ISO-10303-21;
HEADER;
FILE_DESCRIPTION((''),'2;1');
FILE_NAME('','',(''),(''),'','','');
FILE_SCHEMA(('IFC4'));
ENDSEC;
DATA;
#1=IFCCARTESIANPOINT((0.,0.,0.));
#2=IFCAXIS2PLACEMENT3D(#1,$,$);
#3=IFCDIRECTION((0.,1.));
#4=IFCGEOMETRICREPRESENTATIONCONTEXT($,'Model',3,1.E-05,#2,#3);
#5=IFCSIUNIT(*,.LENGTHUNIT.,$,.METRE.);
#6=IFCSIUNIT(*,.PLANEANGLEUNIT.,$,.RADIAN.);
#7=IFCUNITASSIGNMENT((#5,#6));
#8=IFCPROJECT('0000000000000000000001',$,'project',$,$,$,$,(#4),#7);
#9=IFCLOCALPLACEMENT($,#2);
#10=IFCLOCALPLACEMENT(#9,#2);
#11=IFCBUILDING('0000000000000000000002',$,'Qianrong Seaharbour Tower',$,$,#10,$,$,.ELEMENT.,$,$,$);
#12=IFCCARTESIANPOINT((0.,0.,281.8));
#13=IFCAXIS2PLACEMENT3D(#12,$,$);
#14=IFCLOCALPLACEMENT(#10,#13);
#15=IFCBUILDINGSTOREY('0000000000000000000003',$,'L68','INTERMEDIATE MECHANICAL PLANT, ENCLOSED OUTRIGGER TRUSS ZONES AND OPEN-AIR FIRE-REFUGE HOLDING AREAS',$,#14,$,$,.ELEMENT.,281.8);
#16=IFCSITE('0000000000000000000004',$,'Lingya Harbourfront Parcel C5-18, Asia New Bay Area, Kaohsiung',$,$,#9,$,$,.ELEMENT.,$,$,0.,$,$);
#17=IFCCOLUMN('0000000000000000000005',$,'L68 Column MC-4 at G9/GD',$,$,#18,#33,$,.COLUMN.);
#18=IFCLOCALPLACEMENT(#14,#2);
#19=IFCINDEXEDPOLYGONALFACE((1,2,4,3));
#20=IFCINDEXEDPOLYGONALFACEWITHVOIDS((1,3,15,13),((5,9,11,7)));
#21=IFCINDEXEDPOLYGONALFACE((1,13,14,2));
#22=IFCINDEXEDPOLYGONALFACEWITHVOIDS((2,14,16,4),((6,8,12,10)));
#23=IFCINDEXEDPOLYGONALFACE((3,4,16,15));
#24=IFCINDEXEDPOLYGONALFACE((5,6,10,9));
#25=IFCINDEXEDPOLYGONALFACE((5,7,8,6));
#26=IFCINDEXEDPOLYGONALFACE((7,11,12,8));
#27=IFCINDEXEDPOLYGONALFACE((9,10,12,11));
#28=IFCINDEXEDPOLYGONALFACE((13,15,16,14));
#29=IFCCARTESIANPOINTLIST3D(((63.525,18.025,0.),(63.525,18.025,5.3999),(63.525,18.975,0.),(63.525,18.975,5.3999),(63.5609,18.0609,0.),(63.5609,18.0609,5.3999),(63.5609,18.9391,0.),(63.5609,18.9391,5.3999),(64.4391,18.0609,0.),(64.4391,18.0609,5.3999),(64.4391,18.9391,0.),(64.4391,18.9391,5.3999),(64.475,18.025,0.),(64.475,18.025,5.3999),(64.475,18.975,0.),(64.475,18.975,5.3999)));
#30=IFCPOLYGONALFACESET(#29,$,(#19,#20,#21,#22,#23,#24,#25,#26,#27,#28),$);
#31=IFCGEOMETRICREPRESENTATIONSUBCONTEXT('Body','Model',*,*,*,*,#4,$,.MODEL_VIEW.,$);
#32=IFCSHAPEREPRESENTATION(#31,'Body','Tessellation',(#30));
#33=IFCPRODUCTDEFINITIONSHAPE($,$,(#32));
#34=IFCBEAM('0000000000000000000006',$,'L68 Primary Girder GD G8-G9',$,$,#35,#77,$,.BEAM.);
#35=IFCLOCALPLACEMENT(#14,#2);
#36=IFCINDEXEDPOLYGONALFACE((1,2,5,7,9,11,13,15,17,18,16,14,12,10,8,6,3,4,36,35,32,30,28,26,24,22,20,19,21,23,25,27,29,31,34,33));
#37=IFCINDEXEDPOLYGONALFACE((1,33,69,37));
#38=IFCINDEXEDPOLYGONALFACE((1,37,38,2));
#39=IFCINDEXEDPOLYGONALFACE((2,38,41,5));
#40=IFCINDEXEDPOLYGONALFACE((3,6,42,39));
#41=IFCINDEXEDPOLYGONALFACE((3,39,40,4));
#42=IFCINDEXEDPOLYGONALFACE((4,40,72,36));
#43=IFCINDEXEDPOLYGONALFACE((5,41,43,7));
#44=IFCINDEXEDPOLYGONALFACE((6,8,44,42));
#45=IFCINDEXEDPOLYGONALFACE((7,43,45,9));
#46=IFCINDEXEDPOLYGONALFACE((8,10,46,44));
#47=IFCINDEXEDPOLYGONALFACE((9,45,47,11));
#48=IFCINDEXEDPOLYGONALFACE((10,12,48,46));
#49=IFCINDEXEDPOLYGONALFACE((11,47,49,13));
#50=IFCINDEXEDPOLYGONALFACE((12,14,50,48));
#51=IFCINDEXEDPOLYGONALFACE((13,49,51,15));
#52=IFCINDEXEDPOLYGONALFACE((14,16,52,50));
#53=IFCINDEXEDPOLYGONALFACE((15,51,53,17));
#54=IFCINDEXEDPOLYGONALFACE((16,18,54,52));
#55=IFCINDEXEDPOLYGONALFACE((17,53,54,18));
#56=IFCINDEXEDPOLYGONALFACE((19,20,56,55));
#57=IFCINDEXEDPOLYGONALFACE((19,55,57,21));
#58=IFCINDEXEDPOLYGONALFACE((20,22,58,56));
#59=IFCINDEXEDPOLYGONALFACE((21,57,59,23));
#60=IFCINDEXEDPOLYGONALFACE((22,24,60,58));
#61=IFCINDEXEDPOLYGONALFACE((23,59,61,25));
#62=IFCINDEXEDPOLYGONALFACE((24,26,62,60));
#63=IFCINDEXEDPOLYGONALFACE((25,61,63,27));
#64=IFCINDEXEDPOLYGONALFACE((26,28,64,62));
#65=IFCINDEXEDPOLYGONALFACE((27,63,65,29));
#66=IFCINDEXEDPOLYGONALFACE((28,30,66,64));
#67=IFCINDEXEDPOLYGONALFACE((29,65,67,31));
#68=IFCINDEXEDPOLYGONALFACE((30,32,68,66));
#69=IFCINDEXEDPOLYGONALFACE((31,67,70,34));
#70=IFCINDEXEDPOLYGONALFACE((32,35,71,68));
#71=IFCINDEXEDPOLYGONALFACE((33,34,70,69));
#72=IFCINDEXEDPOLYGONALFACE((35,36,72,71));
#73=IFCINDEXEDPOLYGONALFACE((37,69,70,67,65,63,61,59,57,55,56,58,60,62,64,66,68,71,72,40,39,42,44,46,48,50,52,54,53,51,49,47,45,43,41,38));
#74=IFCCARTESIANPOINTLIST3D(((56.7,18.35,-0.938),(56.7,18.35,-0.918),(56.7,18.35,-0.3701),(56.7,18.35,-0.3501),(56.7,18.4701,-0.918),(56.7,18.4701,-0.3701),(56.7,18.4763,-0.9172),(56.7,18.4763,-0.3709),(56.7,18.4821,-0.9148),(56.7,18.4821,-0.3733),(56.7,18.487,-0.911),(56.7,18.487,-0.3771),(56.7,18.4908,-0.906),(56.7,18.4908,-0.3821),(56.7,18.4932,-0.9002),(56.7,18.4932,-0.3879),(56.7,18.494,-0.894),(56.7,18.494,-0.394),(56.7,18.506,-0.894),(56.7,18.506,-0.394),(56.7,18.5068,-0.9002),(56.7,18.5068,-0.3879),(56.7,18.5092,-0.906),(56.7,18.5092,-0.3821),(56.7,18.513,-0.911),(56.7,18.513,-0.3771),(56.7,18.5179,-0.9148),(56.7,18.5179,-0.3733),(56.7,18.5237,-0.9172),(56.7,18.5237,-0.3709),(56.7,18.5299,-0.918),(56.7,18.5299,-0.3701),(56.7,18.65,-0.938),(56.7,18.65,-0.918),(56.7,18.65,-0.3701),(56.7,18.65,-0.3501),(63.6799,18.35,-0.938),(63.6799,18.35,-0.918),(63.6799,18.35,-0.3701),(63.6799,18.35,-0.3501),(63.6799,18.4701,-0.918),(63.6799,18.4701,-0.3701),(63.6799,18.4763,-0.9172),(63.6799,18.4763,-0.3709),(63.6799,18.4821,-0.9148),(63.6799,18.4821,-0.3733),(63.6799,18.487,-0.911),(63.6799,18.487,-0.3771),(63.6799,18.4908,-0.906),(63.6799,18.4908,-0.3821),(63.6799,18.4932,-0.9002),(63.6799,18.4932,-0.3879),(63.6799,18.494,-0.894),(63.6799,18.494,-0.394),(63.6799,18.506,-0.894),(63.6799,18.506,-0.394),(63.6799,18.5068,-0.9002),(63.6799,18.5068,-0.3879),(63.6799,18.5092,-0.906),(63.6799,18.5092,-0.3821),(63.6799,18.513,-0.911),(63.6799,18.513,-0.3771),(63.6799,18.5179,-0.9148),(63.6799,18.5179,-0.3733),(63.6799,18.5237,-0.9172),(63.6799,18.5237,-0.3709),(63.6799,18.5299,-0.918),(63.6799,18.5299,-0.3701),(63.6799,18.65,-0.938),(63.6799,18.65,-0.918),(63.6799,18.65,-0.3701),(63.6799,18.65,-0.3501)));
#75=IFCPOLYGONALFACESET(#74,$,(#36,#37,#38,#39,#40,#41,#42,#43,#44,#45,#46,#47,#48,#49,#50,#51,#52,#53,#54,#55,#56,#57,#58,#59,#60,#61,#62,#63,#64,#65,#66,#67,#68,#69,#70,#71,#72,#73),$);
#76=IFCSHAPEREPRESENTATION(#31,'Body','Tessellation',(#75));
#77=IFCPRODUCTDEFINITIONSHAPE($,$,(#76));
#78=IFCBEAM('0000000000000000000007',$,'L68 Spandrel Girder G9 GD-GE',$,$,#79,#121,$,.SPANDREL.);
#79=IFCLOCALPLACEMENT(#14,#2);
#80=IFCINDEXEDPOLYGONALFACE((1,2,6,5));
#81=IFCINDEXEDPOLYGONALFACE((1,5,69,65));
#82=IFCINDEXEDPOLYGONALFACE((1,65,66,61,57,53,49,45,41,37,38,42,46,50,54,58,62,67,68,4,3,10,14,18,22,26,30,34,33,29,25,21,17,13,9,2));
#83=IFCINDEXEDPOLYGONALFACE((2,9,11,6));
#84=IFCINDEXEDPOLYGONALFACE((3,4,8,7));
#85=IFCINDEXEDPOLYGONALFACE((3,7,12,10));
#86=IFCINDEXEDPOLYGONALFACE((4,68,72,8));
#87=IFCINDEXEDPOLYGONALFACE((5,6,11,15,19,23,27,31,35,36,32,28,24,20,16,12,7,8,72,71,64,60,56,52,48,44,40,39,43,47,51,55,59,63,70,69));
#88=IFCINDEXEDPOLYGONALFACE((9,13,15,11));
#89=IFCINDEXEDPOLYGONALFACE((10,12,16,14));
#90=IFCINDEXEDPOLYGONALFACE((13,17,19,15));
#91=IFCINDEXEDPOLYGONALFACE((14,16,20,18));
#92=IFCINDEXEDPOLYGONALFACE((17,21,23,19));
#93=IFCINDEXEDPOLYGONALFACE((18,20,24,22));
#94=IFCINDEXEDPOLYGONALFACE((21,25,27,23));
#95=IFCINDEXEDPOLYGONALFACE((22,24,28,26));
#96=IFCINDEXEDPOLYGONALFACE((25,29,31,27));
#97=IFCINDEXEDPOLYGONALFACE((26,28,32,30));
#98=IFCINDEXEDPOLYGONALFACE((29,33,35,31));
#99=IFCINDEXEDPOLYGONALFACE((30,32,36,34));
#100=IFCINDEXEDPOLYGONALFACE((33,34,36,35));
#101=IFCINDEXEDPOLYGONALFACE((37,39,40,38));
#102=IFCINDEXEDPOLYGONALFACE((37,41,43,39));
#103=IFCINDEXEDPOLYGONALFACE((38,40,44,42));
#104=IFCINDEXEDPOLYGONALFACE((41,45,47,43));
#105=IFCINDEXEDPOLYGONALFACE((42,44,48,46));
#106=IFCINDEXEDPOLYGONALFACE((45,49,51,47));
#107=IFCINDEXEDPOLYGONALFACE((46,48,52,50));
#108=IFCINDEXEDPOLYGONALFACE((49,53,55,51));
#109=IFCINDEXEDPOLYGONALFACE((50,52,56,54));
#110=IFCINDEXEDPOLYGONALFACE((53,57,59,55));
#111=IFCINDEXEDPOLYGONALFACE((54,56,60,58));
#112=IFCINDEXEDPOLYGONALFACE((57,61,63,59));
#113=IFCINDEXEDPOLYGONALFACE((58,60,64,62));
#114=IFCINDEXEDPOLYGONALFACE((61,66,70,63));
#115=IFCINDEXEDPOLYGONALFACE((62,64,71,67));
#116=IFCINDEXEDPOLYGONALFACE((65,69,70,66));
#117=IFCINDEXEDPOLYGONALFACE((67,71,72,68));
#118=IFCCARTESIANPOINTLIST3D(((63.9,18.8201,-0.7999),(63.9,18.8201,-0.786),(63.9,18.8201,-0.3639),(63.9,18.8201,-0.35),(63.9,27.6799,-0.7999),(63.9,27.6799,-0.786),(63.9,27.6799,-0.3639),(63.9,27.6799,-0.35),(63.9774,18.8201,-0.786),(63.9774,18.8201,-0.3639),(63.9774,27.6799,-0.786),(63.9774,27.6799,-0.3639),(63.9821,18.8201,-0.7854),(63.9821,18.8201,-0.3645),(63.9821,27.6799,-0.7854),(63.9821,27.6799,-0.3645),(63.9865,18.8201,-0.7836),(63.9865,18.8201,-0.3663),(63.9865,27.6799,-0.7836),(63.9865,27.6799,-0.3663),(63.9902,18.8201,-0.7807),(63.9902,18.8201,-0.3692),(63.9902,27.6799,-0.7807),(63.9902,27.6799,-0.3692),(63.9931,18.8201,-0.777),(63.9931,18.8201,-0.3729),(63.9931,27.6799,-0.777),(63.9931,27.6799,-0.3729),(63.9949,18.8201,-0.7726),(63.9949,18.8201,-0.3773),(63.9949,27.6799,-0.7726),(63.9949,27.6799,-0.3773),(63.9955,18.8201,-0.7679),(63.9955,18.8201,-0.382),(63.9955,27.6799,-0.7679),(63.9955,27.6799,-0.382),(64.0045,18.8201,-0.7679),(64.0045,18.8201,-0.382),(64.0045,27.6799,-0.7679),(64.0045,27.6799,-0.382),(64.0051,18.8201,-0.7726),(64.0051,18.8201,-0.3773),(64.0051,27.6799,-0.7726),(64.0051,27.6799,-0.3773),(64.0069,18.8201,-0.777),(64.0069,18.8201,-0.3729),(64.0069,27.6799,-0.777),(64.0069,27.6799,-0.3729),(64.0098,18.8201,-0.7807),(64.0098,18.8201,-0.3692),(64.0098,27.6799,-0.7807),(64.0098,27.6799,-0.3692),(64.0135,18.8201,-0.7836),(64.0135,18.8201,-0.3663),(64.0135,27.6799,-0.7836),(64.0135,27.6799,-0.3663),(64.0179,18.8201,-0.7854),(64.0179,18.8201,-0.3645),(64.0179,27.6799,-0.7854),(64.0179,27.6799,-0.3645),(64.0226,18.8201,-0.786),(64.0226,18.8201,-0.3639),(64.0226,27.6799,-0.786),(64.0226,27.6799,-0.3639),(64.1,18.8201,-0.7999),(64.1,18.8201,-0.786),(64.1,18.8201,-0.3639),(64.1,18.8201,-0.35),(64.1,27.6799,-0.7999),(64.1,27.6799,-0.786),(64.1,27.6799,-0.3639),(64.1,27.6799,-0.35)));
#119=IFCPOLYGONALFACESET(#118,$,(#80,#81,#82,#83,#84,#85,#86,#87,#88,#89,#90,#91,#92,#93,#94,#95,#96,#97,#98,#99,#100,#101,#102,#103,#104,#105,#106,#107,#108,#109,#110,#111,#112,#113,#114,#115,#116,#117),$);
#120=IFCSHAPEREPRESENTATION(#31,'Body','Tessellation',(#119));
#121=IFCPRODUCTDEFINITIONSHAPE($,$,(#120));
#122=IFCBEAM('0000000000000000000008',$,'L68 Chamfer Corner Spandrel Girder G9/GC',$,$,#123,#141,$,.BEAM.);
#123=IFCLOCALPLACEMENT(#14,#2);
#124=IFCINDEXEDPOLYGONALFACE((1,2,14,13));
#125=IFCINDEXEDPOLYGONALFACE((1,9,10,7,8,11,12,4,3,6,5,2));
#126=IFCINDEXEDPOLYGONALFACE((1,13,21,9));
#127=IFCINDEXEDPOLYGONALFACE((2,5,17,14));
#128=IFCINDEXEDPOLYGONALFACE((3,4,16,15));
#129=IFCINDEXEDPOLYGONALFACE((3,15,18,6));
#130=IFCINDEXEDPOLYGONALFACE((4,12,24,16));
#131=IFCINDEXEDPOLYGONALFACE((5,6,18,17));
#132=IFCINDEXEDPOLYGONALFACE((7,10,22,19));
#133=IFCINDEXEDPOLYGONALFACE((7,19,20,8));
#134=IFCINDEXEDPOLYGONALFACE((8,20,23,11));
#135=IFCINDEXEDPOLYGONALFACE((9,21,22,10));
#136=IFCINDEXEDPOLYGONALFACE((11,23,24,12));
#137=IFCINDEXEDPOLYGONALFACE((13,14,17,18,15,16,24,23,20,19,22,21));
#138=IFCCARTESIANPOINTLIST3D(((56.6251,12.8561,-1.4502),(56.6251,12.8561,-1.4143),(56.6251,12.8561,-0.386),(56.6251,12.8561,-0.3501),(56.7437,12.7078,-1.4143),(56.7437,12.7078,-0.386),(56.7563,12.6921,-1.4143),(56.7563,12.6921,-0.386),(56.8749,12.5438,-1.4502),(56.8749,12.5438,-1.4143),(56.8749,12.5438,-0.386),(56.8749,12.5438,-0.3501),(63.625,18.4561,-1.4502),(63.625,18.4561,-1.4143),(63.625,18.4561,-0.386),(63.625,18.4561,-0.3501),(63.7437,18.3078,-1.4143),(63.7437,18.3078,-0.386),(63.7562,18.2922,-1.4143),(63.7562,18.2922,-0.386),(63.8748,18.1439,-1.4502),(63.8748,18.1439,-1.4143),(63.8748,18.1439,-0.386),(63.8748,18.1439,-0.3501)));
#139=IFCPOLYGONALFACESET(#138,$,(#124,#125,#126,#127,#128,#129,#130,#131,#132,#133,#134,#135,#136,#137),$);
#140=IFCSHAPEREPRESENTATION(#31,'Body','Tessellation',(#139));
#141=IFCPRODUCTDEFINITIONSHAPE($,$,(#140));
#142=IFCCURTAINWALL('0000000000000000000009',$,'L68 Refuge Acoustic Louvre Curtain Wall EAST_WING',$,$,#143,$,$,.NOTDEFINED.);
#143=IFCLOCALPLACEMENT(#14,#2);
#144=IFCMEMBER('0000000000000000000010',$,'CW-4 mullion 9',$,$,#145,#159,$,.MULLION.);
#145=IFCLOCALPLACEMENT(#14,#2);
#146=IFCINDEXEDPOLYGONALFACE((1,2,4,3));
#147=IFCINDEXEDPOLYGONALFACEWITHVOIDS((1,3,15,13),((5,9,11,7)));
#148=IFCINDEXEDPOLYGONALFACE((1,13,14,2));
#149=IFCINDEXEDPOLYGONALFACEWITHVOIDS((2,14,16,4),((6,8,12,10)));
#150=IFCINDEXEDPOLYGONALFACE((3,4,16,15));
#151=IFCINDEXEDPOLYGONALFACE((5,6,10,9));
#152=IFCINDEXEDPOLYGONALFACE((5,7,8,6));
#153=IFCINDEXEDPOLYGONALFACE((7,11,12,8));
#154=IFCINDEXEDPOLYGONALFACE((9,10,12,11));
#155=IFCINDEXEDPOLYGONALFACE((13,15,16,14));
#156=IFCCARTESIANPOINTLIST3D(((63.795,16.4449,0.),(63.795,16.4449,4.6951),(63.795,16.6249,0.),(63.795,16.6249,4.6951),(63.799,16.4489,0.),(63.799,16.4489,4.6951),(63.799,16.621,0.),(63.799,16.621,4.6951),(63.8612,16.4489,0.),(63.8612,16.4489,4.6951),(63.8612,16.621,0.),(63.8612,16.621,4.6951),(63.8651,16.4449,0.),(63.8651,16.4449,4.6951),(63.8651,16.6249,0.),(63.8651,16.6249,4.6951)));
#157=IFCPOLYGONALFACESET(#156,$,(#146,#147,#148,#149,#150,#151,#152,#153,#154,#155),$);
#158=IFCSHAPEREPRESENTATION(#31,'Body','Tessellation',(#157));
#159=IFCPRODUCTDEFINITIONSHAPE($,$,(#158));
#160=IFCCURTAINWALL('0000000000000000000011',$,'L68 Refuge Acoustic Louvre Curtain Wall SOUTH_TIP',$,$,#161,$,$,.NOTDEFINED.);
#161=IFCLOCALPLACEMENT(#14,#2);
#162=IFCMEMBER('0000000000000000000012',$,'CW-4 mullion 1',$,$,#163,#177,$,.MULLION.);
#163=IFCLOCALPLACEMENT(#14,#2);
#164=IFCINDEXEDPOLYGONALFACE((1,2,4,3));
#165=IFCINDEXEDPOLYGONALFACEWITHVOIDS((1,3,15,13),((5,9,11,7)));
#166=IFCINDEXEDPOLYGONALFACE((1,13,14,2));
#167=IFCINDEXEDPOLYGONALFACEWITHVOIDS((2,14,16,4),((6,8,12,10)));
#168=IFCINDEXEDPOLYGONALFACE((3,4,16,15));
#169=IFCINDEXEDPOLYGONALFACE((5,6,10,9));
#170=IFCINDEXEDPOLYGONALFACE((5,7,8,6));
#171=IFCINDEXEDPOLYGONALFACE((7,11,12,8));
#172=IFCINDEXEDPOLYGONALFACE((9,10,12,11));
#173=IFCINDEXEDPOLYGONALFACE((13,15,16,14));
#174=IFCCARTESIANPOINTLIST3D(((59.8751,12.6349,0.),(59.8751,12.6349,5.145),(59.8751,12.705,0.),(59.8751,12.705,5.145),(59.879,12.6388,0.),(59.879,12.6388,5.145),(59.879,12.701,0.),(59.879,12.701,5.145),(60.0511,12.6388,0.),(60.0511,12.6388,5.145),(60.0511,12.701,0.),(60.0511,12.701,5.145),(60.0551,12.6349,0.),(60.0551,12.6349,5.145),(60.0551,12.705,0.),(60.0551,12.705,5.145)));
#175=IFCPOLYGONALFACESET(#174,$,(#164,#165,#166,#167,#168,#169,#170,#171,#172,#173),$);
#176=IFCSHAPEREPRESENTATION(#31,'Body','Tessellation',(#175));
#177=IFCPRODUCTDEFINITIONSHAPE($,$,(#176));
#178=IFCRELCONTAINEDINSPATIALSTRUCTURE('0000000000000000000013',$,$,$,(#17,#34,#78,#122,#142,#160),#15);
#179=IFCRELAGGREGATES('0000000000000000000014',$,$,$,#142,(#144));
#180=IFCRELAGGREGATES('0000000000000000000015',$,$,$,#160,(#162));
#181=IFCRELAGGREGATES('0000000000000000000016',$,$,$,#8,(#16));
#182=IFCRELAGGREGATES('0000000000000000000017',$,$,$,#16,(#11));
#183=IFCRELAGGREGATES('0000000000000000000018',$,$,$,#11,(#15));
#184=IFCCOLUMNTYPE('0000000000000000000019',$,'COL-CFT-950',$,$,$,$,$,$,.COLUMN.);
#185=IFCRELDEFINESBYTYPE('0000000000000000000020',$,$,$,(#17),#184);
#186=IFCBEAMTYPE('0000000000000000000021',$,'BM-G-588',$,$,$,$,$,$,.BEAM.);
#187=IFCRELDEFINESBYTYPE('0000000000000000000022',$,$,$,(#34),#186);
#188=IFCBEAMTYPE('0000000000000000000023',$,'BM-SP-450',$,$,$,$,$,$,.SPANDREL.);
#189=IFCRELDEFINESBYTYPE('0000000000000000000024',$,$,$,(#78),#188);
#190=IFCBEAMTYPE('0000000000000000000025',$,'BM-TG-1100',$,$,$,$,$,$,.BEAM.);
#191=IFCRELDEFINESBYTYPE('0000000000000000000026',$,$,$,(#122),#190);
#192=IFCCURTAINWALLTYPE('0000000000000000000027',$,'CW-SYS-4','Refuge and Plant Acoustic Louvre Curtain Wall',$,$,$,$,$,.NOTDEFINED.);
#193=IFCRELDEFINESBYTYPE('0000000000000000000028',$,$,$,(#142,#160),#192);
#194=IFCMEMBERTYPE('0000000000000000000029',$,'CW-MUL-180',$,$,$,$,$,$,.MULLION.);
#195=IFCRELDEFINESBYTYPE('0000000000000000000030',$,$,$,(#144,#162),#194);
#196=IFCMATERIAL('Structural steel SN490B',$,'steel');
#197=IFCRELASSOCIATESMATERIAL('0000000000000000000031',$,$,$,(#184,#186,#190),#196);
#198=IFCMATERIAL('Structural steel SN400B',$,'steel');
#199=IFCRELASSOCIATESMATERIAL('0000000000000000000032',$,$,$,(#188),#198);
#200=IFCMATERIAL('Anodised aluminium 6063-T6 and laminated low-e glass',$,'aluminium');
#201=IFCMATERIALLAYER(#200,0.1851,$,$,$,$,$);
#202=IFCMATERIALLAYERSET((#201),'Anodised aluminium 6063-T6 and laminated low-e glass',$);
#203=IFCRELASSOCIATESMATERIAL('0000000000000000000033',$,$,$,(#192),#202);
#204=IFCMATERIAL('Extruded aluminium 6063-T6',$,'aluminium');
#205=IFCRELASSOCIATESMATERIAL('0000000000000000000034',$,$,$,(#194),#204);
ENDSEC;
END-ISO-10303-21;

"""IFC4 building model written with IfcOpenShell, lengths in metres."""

from ifc_helpers import new_model, si_unit, direction, frame, origin, origin_2d, place, context, subcontext, project, spatial, hollow_rectangle, i_section, extrude, material, layer, layer_set, material_profile, profile_set, type_object, element, aggregate, save


model = new_model("IFC4")

# Units and contexts
model_context = context("Model", 3, precision=1e-05, world=origin(), true_north=direction((0.0, 1.0)))
body_context = subcontext(model_context, "Body", "Model", "MODEL_VIEW")
ifc_project = project(units=[si_unit("LENGTHUNIT", "METRE"), si_unit("PLANEANGLEUNIT", "RADIAN")], contexts=[model_context])

# Site, building, storey
site_placement = place(None, origin())
site = spatial("IfcSite", under=ifc_project, at=site_placement, Name="Lingya Harbourfront Parcel C5-18, Asia New Bay Area, Kaohsiung", CompositionType="ELEMENT", RefElevation=0.0)
building_placement = place(site_placement, origin())
building = spatial("IfcBuilding", under=site, at=building_placement, Name="Qianrong Seaharbour Tower", CompositionType="ELEMENT")
storey_placement = place(building_placement, frame((0.0, 0.0, 281.8)))
storey = spatial("IfcBuildingStorey", under=building, at=storey_placement, Name="L68", Description="INTERMEDIATE MECHANICAL PLANT, ENCLOSED OUTRIGGER TRUSS ZONES AND OPEN-AIR FIRE-REFUGE HOLDING AREAS", CompositionType="ELEMENT", Elevation=281.8)

# Column
ifc_material_1 = material(Name="Structural steel SN490B", Category="steel")
ifc_material_profile_1 = material_profile(ifc_material_1, hollow_rectangle(XDim=0.95, YDim=0.95, WallThickness=0.0359, at=origin_2d()), Name="BOX950x950x36")
ifc_profile_set_1 = profile_set([ifc_material_profile_1], Name="Structural steel SN490B")
column_type = type_object("IfcColumnType", Name="COL-CFT-950", PredefinedType="COLUMN", material=ifc_profile_set_1)
column_placement = place(storey_placement, frame((64.0, 18.5, 0.0), z_axis=(0.0, 0.0, 1.0), x_axis=(1.0, 0.0, 0.0)))
element("IfcColumn", 1, at=column_placement, inside=storey, type_object=column_type, Name="L68 Column MC-4 at G9/GD", PredefinedType="COLUMN", context=body_context, shape_type="SweptSolid", body=[
    extrude(hollow_rectangle(XDim=0.95, YDim=0.95, WallThickness=0.0359, at=origin_2d()), origin(), (0.0, 0.0, 1.0), 5.3999),
])

# Beams
ifc_material_profile_2 = material_profile(ifc_material_1, i_section(OverallWidth=0.3, OverallDepth=0.5879, WebThickness=0.012, FlangeThickness=0.02, FilletRadius=0.0239, at=origin_2d()), Name="H588x300x12x20")
ifc_profile_set_2 = profile_set([ifc_material_profile_2], Name="Structural steel SN490B")
beam_type_1 = type_object("IfcBeamType", Name="BM-G-588", PredefinedType="BEAM", material=ifc_profile_set_2)
beam_1_placement = place(storey_placement, frame((56.7, 18.5, -0.644), z_axis=(1.0, 0.0, 0.0), x_axis=(0.0, 1.0, 0.0)))
element("IfcBeam", 2, at=beam_1_placement, inside=storey, type_object=beam_type_1, Name="L68 Primary Girder GD G8-G9", PredefinedType="BEAM", context=body_context, shape_type="SweptSolid", body=[
    extrude(i_section(OverallWidth=0.3, OverallDepth=0.5879, WebThickness=0.012, FlangeThickness=0.02, FilletRadius=0.0239, at=origin_2d()), origin(), (0.0, 0.0, 1.0), 6.98),
])
ifc_material_2 = material(Name="Structural steel SN400B", Category="steel")
ifc_material_profile_3 = material_profile(ifc_material_2, i_section(OverallWidth=0.2, OverallDepth=0.45, WebThickness=0.009, FlangeThickness=0.0139, FilletRadius=0.0181, at=origin_2d()), Name="H450x200x9x14")
ifc_profile_set_3 = profile_set([ifc_material_profile_3], Name="Structural steel SN400B")
beam_type_2 = type_object("IfcBeamType", Name="BM-SP-450", PredefinedType="SPANDREL", material=ifc_profile_set_3)
beam_2_placement = place(storey_placement, frame((64.0, 18.8201, -0.575), z_axis=(0.0, 1.0, 0.0), x_axis=(-1.0, 0.0, 0.0)))
element("IfcBeam", 3, at=beam_2_placement, inside=storey, type_object=beam_type_2, Name="L68 Spandrel Girder G9 GD-GE", PredefinedType="SPANDREL", context=body_context, shape_type="SweptSolid", body=[
    extrude(i_section(OverallWidth=0.2, OverallDepth=0.45, WebThickness=0.009, FlangeThickness=0.0139, FilletRadius=0.0181, at=origin_2d()), origin(), (0.0, 0.0, 1.0), 8.8599),
])
ifc_material_profile_4 = material_profile(ifc_material_1, i_section(OverallWidth=0.3999, OverallDepth=1.1001, WebThickness=0.02, FlangeThickness=0.0359, at=origin_2d()), Name="BH1100x400x20x36")
ifc_profile_set_4 = profile_set([ifc_material_profile_4], Name="Structural steel SN490B")
beam_type_3 = type_object("IfcBeamType", Name="BM-TG-1100", PredefinedType="BEAM", material=ifc_profile_set_4)
beam_3_placement = place(storey_placement, frame((56.75, 12.7, -0.9001), z_axis=(0.780863, 0.624702, 0.0), x_axis=(-0.624702, 0.780863, 0.0)))
element("IfcBeam", 4, at=beam_3_placement, inside=storey, type_object=beam_type_3, Name="L68 Chamfer Corner Spandrel Girder G9/GC", PredefinedType="BEAM", context=body_context, shape_type="SweptSolid", body=[
    extrude(i_section(OverallWidth=0.3999, OverallDepth=1.1001, WebThickness=0.02, FlangeThickness=0.0359, at=origin_2d()), origin(), (0.0, 0.0, 1.0), 8.9644),
])

# Curtain wall, member
ifc_material_3 = material(Name="Anodised aluminium 6063-T6 and laminated low-e glass", Category="aluminium")
ifc_layer_1 = layer(ifc_material_3, 0.1851)
ifc_layer_set_1 = layer_set([ifc_layer_1], Name="Anodised aluminium 6063-T6 and laminated low-e glass")
curtain_wall_type = type_object("IfcCurtainWallType", Name="CW-SYS-4", Description="Refuge and Plant Acoustic Louvre Curtain Wall", PredefinedType="NOTDEFINED", material=ifc_layer_set_1)
curtain_wall_1_placement = place(storey_placement, origin())
curtain_wall_1 = element("IfcCurtainWall", 5, at=curtain_wall_1_placement, inside=storey, type_object=curtain_wall_type, Name="L68 Refuge Acoustic Louvre Curtain Wall EAST_WING", PredefinedType="NOTDEFINED")
ifc_material_4 = material(Name="Extruded aluminium 6063-T6", Category="aluminium")
ifc_material_profile_5 = material_profile(ifc_material_4, hollow_rectangle(XDim=0.0701, YDim=0.1799, WallThickness=0.0039, at=origin_2d()), Name="ALU-MUL-180x70x4")
ifc_profile_set_5 = profile_set([ifc_material_profile_5], Name="Extruded aluminium 6063-T6")
member_type_1 = type_object("IfcMemberType", Name="CW-MUL-180", PredefinedType="MULLION", material=ifc_profile_set_5)
member_1_placement = place(storey_placement, frame((63.8301, 16.5349, 0.0), z_axis=(0.0, 0.0, 1.0), x_axis=(1.0, 0.0, 0.0)))
member_1 = element("IfcMember", 6, at=member_1_placement, type_object=member_type_1, Name="CW-4 mullion 9", PredefinedType="MULLION", context=body_context, shape_type="SweptSolid", body=[
    extrude(hollow_rectangle(XDim=0.0701, YDim=0.1799, WallThickness=0.0039, at=origin_2d()), origin(), (0.0, 0.0, 1.0), 4.6951),
])

# Curtain wall, member
curtain_wall_2_placement = place(storey_placement, origin())
curtain_wall_2 = element("IfcCurtainWall", 7, at=curtain_wall_2_placement, inside=storey, type_object=curtain_wall_type, Name="L68 Refuge Acoustic Louvre Curtain Wall SOUTH_TIP", PredefinedType="NOTDEFINED")
member_2_placement = place(storey_placement, frame((59.9651, 12.6699, 0.0), z_axis=(0.0, 0.0, 1.0), x_axis=(0.0, -1.0, 0.0)))
member_2 = element("IfcMember", 8, at=member_2_placement, type_object=member_type_1, Name="CW-4 mullion 1", PredefinedType="MULLION", context=body_context, shape_type="SweptSolid", body=[
    extrude(hollow_rectangle(XDim=0.0701, YDim=0.1799, WallThickness=0.0039, at=origin_2d()), origin(), (0.0, 0.0, 1.0), 5.145),
])

aggregate(curtain_wall_1, [member_1])
aggregate(curtain_wall_2, [member_2])

save(model, "model.ifc")
